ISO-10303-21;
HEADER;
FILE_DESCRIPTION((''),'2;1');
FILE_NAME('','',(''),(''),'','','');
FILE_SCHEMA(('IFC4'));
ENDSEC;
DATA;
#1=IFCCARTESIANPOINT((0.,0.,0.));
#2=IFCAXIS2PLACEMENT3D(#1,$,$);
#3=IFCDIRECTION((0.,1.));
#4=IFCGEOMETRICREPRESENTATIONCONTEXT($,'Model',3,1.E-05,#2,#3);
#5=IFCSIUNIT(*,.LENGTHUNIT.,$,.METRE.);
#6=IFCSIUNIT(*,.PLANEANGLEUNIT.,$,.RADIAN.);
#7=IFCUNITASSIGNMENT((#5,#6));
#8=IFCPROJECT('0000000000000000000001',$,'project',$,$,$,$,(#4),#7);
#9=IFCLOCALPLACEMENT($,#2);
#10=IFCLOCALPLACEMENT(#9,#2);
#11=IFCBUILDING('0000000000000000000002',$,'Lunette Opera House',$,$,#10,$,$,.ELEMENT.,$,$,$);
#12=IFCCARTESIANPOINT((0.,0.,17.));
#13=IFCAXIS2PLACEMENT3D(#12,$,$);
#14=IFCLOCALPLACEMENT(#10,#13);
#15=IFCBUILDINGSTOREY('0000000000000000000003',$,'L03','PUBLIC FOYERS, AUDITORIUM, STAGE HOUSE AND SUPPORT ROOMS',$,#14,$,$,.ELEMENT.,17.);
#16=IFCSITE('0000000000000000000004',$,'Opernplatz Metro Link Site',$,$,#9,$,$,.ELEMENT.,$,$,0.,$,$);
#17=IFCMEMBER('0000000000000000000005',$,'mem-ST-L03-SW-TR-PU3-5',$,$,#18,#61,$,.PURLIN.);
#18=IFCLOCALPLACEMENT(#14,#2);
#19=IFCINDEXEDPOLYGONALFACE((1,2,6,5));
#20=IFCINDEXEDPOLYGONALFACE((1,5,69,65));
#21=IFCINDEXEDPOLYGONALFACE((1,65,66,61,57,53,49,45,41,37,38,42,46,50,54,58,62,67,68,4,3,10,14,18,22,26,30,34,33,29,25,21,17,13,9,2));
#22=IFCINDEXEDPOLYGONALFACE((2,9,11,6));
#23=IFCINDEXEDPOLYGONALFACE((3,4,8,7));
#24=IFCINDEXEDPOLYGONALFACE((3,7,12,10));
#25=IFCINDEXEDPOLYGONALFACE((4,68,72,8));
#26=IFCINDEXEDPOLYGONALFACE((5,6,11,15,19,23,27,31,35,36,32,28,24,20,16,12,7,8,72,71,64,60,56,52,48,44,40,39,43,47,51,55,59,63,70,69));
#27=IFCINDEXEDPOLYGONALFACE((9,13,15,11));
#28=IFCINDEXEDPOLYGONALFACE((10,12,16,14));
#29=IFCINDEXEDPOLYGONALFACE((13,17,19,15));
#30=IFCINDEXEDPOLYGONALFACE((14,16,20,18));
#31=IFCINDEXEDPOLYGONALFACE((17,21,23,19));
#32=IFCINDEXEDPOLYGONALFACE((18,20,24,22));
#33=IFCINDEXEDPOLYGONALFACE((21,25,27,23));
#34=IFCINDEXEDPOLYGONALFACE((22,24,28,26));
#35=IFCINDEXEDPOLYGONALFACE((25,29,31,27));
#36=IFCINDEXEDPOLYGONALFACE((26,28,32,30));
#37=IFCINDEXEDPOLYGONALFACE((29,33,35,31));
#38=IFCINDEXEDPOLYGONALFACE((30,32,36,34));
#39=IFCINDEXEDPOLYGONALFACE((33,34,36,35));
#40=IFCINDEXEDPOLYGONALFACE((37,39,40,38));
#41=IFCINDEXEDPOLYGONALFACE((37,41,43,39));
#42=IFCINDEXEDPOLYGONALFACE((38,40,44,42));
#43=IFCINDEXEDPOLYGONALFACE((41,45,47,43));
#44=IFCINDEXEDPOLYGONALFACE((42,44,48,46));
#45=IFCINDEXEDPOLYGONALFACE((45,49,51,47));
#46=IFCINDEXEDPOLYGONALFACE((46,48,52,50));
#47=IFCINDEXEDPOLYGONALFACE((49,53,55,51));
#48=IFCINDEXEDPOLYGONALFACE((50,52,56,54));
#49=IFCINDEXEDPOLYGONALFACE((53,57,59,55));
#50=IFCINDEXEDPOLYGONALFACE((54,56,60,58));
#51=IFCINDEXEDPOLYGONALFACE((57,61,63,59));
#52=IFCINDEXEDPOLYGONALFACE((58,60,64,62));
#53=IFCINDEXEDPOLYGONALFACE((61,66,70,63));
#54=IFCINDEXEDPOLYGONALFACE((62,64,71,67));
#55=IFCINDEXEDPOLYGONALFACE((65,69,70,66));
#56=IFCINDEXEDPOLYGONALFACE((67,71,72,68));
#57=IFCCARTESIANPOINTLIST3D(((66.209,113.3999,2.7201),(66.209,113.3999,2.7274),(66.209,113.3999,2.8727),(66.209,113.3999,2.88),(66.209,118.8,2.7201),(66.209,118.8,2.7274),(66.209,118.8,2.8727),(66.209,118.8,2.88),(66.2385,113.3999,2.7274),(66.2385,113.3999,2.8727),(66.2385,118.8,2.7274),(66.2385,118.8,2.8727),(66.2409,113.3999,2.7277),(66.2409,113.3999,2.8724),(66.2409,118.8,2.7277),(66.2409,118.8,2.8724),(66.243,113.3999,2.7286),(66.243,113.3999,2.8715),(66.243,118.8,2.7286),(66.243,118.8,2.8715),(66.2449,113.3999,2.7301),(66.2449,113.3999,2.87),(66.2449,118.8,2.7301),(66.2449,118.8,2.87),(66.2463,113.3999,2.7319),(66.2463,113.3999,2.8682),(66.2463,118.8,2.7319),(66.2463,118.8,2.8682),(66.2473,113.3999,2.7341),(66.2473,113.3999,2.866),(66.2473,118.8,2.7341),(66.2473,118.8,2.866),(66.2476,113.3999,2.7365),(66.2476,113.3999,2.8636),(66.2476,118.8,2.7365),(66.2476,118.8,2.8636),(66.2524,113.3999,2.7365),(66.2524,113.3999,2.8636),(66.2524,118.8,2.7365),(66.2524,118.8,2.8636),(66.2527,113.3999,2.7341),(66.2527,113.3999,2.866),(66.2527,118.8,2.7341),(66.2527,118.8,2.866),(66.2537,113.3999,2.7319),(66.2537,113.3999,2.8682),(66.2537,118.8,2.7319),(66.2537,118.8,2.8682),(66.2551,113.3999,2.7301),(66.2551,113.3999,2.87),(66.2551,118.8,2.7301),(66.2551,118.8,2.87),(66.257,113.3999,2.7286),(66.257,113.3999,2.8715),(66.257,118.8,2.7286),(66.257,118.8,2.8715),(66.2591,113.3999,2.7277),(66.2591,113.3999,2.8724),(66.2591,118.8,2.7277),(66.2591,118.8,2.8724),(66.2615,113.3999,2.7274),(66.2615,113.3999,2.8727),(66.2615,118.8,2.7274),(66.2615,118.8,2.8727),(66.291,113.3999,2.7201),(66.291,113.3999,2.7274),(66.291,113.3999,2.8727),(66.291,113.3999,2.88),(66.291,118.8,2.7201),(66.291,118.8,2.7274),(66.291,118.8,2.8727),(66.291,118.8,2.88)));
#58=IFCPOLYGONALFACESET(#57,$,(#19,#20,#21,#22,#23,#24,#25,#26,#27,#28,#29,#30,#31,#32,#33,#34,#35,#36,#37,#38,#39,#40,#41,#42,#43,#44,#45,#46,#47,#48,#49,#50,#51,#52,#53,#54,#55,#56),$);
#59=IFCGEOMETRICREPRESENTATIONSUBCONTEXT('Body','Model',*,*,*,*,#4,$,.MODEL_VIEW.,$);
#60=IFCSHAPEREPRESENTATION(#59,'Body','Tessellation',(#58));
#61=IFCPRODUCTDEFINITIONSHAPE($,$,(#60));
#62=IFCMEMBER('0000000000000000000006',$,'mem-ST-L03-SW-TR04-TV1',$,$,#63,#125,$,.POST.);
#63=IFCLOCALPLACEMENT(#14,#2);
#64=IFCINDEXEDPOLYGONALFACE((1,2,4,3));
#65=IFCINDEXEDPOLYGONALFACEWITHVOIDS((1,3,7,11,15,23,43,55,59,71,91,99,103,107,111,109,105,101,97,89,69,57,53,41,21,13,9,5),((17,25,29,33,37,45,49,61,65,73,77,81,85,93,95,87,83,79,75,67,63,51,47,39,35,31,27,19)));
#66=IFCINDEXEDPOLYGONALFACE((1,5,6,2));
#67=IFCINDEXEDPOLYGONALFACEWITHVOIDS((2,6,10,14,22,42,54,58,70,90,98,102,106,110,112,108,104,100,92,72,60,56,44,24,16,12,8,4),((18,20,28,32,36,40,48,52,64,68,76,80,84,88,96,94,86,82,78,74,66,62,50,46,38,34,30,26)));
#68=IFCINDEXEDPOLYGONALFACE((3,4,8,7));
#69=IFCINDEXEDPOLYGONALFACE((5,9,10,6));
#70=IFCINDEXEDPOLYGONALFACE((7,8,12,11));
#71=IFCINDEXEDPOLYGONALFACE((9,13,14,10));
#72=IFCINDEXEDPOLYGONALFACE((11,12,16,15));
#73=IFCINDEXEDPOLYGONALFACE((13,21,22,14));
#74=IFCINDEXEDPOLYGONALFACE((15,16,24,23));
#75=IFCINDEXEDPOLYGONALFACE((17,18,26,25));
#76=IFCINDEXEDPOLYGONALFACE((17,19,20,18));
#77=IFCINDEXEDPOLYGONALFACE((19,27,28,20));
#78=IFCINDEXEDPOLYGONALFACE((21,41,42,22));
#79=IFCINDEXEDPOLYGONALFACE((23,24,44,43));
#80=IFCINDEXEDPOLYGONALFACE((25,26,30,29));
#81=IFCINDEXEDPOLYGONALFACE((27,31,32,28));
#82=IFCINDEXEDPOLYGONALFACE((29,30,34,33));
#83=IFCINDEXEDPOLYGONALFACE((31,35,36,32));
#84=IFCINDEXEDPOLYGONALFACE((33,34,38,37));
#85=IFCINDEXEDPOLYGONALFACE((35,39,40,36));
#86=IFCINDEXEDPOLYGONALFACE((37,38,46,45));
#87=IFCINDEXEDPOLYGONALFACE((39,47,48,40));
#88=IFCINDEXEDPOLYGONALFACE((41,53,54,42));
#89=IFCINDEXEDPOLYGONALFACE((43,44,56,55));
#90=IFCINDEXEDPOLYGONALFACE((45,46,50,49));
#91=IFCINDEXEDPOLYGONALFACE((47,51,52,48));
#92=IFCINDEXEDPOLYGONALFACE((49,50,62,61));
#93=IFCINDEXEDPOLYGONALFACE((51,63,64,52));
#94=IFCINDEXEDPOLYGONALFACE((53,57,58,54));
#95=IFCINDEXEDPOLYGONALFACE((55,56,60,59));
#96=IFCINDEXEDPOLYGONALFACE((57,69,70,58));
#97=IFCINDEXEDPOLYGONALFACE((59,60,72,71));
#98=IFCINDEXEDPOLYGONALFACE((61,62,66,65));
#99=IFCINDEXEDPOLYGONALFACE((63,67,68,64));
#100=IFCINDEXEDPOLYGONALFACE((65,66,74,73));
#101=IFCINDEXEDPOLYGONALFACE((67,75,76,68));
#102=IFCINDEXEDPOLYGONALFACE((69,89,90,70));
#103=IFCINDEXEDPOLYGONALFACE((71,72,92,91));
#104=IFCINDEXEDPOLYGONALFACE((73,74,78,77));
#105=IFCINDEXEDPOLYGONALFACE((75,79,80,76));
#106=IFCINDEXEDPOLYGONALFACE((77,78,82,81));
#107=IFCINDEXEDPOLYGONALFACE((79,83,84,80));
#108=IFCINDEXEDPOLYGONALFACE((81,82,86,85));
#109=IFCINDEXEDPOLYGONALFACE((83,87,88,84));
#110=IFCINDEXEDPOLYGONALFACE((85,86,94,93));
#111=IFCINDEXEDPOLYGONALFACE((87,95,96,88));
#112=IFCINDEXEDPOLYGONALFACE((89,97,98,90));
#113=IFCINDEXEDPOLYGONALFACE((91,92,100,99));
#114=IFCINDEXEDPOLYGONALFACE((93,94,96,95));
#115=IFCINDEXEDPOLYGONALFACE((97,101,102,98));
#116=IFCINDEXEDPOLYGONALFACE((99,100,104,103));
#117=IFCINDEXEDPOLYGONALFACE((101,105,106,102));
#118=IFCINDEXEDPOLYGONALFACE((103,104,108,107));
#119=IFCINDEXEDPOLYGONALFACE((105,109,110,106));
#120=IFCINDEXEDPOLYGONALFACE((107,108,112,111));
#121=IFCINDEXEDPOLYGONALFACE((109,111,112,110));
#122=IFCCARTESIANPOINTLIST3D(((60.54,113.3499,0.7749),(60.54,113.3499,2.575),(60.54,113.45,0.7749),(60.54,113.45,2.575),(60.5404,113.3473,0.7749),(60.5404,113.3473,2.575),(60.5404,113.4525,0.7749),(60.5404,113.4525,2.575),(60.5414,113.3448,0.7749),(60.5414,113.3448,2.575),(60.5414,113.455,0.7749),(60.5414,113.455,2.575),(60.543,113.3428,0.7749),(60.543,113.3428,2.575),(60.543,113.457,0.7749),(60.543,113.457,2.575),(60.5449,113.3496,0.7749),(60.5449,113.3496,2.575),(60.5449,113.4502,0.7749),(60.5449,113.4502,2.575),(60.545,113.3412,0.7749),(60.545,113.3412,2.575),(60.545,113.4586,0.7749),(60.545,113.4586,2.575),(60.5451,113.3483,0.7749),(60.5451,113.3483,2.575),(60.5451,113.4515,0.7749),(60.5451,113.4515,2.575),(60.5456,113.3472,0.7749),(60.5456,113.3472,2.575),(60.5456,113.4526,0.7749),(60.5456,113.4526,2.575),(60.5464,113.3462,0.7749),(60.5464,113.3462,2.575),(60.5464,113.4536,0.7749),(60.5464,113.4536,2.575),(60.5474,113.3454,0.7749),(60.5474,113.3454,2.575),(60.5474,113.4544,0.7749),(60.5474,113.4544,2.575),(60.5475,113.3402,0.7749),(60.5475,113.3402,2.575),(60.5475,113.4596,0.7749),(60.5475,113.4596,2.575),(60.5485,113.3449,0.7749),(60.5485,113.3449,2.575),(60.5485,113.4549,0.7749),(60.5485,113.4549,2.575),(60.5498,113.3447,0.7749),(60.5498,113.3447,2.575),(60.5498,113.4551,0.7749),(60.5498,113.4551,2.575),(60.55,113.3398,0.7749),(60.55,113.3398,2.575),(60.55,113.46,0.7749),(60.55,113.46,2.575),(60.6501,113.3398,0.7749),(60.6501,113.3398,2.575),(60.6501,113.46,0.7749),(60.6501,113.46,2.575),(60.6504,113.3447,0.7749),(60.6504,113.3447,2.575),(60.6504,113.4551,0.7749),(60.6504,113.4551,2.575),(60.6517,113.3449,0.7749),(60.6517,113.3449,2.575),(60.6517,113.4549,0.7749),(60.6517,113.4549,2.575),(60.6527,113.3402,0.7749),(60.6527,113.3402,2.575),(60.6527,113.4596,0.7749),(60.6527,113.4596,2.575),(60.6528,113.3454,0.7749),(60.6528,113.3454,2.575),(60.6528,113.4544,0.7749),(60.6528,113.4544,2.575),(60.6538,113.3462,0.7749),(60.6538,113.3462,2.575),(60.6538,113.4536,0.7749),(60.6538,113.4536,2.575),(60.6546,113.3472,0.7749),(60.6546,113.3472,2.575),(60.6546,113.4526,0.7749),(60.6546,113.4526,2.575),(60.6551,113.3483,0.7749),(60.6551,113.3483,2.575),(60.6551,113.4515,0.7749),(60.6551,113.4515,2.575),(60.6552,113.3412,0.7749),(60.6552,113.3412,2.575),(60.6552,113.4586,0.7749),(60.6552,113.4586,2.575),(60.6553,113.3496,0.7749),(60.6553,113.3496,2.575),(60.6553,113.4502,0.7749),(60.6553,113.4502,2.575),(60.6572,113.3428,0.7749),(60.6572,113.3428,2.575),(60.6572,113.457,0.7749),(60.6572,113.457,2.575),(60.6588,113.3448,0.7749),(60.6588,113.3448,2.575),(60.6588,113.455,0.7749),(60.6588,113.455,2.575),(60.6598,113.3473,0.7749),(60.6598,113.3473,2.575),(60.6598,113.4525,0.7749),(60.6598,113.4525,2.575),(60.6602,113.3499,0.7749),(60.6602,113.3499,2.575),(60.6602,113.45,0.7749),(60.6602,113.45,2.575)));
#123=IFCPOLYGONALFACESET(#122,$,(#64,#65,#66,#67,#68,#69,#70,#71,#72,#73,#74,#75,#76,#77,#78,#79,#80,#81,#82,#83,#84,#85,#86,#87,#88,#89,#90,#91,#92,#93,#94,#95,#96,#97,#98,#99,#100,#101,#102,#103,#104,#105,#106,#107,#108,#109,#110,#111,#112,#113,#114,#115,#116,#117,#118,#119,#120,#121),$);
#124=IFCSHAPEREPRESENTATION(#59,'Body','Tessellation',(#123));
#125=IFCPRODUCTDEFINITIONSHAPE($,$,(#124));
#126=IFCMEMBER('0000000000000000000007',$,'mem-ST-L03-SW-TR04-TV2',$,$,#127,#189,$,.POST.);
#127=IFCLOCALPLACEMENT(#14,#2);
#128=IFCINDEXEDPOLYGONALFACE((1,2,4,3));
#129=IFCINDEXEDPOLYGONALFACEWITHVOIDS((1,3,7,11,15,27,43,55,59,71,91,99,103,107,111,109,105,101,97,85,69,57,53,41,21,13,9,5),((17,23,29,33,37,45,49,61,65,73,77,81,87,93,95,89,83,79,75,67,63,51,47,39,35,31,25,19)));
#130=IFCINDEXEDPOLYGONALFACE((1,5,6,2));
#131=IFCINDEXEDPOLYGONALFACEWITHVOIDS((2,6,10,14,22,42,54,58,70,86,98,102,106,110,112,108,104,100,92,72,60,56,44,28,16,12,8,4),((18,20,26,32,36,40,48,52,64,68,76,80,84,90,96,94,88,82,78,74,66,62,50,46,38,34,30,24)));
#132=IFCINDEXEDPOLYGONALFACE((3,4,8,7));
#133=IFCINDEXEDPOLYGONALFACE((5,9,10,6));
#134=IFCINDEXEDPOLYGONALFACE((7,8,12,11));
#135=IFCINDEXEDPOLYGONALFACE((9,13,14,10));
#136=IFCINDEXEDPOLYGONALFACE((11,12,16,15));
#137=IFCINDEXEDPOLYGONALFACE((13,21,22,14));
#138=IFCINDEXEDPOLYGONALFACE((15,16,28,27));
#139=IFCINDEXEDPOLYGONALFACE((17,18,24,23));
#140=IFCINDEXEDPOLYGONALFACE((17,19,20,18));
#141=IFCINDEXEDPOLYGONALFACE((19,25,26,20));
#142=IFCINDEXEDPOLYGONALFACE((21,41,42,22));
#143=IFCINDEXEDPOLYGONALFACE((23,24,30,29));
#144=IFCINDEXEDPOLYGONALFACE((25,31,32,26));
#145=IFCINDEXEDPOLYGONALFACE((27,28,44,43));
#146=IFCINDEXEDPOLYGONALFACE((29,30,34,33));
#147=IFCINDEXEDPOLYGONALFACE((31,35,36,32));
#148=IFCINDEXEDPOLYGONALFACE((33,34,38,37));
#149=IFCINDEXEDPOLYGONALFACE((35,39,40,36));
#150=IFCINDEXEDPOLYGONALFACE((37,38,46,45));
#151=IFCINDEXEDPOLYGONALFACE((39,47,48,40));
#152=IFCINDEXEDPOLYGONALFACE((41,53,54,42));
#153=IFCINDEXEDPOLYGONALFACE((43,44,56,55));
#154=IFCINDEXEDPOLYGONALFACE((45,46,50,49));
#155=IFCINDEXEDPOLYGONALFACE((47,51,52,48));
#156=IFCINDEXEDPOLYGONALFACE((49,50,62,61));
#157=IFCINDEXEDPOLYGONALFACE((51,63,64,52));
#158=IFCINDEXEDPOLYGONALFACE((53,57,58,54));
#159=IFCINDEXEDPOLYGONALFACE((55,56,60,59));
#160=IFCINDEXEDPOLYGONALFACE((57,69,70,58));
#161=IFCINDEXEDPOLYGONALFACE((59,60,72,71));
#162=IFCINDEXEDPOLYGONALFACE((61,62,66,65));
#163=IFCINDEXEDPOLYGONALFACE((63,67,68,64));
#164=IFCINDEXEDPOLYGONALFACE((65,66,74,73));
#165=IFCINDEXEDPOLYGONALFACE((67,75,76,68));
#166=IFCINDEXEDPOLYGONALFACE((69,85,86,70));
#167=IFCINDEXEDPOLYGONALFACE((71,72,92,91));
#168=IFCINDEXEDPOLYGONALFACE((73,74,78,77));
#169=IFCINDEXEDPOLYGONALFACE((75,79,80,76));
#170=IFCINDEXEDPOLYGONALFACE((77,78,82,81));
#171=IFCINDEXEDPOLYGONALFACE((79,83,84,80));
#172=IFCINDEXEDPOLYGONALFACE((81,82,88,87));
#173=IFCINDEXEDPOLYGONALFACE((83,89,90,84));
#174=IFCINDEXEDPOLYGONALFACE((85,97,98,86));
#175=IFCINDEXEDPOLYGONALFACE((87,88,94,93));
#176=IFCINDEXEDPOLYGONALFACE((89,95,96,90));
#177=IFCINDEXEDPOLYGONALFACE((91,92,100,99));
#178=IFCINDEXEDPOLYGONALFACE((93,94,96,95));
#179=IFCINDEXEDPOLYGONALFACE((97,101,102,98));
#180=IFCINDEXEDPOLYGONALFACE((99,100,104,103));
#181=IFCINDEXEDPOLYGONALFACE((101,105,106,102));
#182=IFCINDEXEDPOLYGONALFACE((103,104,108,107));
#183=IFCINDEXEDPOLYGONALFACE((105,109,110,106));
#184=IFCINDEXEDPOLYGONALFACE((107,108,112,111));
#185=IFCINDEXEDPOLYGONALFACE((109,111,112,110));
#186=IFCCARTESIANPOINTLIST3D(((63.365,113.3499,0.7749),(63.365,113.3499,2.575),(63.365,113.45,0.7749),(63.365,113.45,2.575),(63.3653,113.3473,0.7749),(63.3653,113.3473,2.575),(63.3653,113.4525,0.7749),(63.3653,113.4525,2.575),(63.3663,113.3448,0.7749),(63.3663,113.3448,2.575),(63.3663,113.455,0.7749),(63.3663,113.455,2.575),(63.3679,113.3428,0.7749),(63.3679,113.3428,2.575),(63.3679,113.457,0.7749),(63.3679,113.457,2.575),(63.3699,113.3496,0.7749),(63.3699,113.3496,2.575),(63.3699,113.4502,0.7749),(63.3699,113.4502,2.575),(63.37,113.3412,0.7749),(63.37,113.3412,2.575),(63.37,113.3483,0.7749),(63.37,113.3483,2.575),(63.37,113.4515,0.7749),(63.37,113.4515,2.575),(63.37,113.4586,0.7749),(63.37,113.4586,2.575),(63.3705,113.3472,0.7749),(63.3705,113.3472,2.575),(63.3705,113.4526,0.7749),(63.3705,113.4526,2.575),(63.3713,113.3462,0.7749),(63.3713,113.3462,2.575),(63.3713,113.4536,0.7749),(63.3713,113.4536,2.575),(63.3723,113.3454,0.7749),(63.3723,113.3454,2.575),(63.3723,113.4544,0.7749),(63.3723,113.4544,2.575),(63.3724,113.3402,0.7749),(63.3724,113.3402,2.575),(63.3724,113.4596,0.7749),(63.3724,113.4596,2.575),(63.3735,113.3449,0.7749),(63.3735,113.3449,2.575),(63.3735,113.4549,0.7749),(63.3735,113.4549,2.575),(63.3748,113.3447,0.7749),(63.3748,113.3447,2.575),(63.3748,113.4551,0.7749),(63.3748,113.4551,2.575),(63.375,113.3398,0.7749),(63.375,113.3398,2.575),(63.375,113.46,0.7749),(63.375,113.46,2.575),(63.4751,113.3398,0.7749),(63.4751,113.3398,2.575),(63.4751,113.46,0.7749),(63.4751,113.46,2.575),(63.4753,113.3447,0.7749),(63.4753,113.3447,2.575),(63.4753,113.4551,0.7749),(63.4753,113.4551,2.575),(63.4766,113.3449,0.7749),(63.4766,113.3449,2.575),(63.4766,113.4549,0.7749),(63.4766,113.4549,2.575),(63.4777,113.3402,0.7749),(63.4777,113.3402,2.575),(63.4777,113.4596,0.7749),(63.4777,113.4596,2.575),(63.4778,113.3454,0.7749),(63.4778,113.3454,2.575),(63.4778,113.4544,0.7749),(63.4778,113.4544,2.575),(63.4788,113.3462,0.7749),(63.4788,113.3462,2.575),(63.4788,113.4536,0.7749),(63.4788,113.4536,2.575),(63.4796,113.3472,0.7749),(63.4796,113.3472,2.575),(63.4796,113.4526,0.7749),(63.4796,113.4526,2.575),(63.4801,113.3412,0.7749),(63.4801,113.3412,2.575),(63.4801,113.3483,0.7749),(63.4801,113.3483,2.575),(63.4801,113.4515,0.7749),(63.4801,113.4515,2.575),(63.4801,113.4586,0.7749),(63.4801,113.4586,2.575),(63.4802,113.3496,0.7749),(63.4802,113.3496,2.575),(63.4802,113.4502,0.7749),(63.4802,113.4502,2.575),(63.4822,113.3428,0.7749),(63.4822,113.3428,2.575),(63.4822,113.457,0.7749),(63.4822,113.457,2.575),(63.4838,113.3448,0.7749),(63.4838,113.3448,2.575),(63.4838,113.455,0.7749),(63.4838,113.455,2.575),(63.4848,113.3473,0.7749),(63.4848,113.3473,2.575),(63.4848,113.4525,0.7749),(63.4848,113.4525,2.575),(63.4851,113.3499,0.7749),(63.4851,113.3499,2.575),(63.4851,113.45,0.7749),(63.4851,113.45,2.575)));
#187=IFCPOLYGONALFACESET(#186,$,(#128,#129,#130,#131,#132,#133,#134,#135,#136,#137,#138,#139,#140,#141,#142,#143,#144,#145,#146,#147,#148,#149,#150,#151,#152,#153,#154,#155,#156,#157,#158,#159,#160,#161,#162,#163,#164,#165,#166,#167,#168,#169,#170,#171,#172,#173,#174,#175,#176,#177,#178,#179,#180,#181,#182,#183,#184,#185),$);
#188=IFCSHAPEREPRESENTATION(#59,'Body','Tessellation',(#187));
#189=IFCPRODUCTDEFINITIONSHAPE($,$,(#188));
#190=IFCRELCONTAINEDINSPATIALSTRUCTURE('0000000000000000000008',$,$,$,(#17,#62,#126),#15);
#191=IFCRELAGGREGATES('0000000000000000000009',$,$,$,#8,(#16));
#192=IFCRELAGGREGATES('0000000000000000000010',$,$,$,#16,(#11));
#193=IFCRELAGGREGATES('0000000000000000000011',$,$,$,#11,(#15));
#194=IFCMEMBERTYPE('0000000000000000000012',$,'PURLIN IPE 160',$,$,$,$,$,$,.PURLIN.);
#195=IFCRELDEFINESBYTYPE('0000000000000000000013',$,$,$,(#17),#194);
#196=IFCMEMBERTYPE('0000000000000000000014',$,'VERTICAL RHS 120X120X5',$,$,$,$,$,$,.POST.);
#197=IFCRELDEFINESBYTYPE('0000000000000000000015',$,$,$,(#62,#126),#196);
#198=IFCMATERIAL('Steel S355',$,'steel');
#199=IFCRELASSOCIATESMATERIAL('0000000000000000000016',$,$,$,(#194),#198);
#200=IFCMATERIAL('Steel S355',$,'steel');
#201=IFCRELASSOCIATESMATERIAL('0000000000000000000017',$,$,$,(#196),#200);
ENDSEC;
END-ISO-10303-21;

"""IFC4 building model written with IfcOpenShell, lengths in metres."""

from ifc_helpers import new_model, si_unit, direction, frame, origin, origin_2d, place, context, subcontext, project, spatial, hollow_rectangle, i_section, extrude, material, material_profile, profile_set, type_object, element, save


model = new_model("IFC4")

# Units and contexts
model_context = context("Model", 3, precision=1e-05, world=origin(), true_north=direction((0.0, 1.0)))
body_context = subcontext(model_context, "Body", "Model", "MODEL_VIEW")
ifc_project = project(units=[si_unit("LENGTHUNIT", "METRE"), si_unit("PLANEANGLEUNIT", "RADIAN")], contexts=[model_context])

# Site, building, storey
site_placement = place(None, origin())
site = spatial("IfcSite", under=ifc_project, at=site_placement, Name="Opernplatz Metro Link Site", CompositionType="ELEMENT", RefElevation=0.0)
building_placement = place(site_placement, origin())
building = spatial("IfcBuilding", under=site, at=building_placement, Name="Lunette Opera House", CompositionType="ELEMENT")
storey_placement = place(building_placement, frame((0.0, 0.0, 17.0)))
storey = spatial("IfcBuildingStorey", under=building, at=storey_placement, Name="L03", Description="PUBLIC FOYERS, AUDITORIUM, STAGE HOUSE AND SUPPORT ROOMS", CompositionType="ELEMENT", Elevation=17.0)

# Members
ifc_material_1 = material(Name="Steel S355", Category="steel")
ifc_material_profile_1 = material_profile(ifc_material_1, i_section(OverallWidth=0.082, OverallDepth=0.1599, WebThickness=0.0049, FlangeThickness=0.0073, FilletRadius=0.009, at=origin_2d()), Name="IPE 160")
ifc_profile_set_1 = profile_set([ifc_material_profile_1], Name="Steel S355")
member_type_1 = type_object("IfcMemberType", Name="PURLIN IPE 160", PredefinedType="PURLIN", material=ifc_profile_set_1)
for number, where, z_axis, x_axis, name in (
    (1, (66.25, 113.3999, 2.8), (0.0, 1.0, 0.0), (-1.0, 0.0, 0.0), "mem-ST-L03-SW-TR-PU3-5"),
):
    element("IfcMember", number, at=place(storey_placement, frame(where, z_axis=z_axis, x_axis=x_axis)), inside=storey, type_object=member_type_1, Name=name, PredefinedType="PURLIN", context=body_context, shape_type="SweptSolid", body=[
        extrude(i_section(OverallWidth=0.082, OverallDepth=0.1599, WebThickness=0.0049, FlangeThickness=0.0073, FilletRadius=0.009, at=origin_2d()), origin(), (0.0, 0.0, 1.0), 5.4001),
    ])
ifc_material_2 = material(Name="Steel S355", Category="steel")
ifc_material_profile_2 = material_profile(ifc_material_2, hollow_rectangle(XDim=0.1201, YDim=0.1201, WallThickness=0.0049, InnerFilletRadius=0.0049, OuterFilletRadius=0.01, at=origin_2d()), Name="RHS 120X120X5")
ifc_profile_set_2 = profile_set([ifc_material_profile_2], Name="Steel S355")
member_type_2 = type_object("IfcMemberType", Name="VERTICAL RHS 120X120X5", PredefinedType="POST", material=ifc_profile_set_2)
for number, where, z_axis, x_axis, name in (
    (2, (60.6001, 113.3999, 0.7749), (0.0, 0.0, 1.0), (1.0, 0.0, 0.0), "mem-ST-L03-SW-TR04-TV1"),
    (3, (63.425, 113.3999, 0.7749), (0.0, 0.0, 1.0), (1.0, 0.0, 0.0), "mem-ST-L03-SW-TR04-TV2"),
):
    element("IfcMember", number, at=place(storey_placement, frame(where, z_axis=z_axis, x_axis=x_axis)), inside=storey, type_object=member_type_2, Name=name, PredefinedType="POST", context=body_context, shape_type="SweptSolid", body=[
        extrude(hollow_rectangle(XDim=0.1201, YDim=0.1201, WallThickness=0.0049, InnerFilletRadius=0.0049, OuterFilletRadius=0.01, at=origin_2d()), origin(), (0.0, 0.0, 1.0), 1.8),
    ])

save(model, "model.ifc")
